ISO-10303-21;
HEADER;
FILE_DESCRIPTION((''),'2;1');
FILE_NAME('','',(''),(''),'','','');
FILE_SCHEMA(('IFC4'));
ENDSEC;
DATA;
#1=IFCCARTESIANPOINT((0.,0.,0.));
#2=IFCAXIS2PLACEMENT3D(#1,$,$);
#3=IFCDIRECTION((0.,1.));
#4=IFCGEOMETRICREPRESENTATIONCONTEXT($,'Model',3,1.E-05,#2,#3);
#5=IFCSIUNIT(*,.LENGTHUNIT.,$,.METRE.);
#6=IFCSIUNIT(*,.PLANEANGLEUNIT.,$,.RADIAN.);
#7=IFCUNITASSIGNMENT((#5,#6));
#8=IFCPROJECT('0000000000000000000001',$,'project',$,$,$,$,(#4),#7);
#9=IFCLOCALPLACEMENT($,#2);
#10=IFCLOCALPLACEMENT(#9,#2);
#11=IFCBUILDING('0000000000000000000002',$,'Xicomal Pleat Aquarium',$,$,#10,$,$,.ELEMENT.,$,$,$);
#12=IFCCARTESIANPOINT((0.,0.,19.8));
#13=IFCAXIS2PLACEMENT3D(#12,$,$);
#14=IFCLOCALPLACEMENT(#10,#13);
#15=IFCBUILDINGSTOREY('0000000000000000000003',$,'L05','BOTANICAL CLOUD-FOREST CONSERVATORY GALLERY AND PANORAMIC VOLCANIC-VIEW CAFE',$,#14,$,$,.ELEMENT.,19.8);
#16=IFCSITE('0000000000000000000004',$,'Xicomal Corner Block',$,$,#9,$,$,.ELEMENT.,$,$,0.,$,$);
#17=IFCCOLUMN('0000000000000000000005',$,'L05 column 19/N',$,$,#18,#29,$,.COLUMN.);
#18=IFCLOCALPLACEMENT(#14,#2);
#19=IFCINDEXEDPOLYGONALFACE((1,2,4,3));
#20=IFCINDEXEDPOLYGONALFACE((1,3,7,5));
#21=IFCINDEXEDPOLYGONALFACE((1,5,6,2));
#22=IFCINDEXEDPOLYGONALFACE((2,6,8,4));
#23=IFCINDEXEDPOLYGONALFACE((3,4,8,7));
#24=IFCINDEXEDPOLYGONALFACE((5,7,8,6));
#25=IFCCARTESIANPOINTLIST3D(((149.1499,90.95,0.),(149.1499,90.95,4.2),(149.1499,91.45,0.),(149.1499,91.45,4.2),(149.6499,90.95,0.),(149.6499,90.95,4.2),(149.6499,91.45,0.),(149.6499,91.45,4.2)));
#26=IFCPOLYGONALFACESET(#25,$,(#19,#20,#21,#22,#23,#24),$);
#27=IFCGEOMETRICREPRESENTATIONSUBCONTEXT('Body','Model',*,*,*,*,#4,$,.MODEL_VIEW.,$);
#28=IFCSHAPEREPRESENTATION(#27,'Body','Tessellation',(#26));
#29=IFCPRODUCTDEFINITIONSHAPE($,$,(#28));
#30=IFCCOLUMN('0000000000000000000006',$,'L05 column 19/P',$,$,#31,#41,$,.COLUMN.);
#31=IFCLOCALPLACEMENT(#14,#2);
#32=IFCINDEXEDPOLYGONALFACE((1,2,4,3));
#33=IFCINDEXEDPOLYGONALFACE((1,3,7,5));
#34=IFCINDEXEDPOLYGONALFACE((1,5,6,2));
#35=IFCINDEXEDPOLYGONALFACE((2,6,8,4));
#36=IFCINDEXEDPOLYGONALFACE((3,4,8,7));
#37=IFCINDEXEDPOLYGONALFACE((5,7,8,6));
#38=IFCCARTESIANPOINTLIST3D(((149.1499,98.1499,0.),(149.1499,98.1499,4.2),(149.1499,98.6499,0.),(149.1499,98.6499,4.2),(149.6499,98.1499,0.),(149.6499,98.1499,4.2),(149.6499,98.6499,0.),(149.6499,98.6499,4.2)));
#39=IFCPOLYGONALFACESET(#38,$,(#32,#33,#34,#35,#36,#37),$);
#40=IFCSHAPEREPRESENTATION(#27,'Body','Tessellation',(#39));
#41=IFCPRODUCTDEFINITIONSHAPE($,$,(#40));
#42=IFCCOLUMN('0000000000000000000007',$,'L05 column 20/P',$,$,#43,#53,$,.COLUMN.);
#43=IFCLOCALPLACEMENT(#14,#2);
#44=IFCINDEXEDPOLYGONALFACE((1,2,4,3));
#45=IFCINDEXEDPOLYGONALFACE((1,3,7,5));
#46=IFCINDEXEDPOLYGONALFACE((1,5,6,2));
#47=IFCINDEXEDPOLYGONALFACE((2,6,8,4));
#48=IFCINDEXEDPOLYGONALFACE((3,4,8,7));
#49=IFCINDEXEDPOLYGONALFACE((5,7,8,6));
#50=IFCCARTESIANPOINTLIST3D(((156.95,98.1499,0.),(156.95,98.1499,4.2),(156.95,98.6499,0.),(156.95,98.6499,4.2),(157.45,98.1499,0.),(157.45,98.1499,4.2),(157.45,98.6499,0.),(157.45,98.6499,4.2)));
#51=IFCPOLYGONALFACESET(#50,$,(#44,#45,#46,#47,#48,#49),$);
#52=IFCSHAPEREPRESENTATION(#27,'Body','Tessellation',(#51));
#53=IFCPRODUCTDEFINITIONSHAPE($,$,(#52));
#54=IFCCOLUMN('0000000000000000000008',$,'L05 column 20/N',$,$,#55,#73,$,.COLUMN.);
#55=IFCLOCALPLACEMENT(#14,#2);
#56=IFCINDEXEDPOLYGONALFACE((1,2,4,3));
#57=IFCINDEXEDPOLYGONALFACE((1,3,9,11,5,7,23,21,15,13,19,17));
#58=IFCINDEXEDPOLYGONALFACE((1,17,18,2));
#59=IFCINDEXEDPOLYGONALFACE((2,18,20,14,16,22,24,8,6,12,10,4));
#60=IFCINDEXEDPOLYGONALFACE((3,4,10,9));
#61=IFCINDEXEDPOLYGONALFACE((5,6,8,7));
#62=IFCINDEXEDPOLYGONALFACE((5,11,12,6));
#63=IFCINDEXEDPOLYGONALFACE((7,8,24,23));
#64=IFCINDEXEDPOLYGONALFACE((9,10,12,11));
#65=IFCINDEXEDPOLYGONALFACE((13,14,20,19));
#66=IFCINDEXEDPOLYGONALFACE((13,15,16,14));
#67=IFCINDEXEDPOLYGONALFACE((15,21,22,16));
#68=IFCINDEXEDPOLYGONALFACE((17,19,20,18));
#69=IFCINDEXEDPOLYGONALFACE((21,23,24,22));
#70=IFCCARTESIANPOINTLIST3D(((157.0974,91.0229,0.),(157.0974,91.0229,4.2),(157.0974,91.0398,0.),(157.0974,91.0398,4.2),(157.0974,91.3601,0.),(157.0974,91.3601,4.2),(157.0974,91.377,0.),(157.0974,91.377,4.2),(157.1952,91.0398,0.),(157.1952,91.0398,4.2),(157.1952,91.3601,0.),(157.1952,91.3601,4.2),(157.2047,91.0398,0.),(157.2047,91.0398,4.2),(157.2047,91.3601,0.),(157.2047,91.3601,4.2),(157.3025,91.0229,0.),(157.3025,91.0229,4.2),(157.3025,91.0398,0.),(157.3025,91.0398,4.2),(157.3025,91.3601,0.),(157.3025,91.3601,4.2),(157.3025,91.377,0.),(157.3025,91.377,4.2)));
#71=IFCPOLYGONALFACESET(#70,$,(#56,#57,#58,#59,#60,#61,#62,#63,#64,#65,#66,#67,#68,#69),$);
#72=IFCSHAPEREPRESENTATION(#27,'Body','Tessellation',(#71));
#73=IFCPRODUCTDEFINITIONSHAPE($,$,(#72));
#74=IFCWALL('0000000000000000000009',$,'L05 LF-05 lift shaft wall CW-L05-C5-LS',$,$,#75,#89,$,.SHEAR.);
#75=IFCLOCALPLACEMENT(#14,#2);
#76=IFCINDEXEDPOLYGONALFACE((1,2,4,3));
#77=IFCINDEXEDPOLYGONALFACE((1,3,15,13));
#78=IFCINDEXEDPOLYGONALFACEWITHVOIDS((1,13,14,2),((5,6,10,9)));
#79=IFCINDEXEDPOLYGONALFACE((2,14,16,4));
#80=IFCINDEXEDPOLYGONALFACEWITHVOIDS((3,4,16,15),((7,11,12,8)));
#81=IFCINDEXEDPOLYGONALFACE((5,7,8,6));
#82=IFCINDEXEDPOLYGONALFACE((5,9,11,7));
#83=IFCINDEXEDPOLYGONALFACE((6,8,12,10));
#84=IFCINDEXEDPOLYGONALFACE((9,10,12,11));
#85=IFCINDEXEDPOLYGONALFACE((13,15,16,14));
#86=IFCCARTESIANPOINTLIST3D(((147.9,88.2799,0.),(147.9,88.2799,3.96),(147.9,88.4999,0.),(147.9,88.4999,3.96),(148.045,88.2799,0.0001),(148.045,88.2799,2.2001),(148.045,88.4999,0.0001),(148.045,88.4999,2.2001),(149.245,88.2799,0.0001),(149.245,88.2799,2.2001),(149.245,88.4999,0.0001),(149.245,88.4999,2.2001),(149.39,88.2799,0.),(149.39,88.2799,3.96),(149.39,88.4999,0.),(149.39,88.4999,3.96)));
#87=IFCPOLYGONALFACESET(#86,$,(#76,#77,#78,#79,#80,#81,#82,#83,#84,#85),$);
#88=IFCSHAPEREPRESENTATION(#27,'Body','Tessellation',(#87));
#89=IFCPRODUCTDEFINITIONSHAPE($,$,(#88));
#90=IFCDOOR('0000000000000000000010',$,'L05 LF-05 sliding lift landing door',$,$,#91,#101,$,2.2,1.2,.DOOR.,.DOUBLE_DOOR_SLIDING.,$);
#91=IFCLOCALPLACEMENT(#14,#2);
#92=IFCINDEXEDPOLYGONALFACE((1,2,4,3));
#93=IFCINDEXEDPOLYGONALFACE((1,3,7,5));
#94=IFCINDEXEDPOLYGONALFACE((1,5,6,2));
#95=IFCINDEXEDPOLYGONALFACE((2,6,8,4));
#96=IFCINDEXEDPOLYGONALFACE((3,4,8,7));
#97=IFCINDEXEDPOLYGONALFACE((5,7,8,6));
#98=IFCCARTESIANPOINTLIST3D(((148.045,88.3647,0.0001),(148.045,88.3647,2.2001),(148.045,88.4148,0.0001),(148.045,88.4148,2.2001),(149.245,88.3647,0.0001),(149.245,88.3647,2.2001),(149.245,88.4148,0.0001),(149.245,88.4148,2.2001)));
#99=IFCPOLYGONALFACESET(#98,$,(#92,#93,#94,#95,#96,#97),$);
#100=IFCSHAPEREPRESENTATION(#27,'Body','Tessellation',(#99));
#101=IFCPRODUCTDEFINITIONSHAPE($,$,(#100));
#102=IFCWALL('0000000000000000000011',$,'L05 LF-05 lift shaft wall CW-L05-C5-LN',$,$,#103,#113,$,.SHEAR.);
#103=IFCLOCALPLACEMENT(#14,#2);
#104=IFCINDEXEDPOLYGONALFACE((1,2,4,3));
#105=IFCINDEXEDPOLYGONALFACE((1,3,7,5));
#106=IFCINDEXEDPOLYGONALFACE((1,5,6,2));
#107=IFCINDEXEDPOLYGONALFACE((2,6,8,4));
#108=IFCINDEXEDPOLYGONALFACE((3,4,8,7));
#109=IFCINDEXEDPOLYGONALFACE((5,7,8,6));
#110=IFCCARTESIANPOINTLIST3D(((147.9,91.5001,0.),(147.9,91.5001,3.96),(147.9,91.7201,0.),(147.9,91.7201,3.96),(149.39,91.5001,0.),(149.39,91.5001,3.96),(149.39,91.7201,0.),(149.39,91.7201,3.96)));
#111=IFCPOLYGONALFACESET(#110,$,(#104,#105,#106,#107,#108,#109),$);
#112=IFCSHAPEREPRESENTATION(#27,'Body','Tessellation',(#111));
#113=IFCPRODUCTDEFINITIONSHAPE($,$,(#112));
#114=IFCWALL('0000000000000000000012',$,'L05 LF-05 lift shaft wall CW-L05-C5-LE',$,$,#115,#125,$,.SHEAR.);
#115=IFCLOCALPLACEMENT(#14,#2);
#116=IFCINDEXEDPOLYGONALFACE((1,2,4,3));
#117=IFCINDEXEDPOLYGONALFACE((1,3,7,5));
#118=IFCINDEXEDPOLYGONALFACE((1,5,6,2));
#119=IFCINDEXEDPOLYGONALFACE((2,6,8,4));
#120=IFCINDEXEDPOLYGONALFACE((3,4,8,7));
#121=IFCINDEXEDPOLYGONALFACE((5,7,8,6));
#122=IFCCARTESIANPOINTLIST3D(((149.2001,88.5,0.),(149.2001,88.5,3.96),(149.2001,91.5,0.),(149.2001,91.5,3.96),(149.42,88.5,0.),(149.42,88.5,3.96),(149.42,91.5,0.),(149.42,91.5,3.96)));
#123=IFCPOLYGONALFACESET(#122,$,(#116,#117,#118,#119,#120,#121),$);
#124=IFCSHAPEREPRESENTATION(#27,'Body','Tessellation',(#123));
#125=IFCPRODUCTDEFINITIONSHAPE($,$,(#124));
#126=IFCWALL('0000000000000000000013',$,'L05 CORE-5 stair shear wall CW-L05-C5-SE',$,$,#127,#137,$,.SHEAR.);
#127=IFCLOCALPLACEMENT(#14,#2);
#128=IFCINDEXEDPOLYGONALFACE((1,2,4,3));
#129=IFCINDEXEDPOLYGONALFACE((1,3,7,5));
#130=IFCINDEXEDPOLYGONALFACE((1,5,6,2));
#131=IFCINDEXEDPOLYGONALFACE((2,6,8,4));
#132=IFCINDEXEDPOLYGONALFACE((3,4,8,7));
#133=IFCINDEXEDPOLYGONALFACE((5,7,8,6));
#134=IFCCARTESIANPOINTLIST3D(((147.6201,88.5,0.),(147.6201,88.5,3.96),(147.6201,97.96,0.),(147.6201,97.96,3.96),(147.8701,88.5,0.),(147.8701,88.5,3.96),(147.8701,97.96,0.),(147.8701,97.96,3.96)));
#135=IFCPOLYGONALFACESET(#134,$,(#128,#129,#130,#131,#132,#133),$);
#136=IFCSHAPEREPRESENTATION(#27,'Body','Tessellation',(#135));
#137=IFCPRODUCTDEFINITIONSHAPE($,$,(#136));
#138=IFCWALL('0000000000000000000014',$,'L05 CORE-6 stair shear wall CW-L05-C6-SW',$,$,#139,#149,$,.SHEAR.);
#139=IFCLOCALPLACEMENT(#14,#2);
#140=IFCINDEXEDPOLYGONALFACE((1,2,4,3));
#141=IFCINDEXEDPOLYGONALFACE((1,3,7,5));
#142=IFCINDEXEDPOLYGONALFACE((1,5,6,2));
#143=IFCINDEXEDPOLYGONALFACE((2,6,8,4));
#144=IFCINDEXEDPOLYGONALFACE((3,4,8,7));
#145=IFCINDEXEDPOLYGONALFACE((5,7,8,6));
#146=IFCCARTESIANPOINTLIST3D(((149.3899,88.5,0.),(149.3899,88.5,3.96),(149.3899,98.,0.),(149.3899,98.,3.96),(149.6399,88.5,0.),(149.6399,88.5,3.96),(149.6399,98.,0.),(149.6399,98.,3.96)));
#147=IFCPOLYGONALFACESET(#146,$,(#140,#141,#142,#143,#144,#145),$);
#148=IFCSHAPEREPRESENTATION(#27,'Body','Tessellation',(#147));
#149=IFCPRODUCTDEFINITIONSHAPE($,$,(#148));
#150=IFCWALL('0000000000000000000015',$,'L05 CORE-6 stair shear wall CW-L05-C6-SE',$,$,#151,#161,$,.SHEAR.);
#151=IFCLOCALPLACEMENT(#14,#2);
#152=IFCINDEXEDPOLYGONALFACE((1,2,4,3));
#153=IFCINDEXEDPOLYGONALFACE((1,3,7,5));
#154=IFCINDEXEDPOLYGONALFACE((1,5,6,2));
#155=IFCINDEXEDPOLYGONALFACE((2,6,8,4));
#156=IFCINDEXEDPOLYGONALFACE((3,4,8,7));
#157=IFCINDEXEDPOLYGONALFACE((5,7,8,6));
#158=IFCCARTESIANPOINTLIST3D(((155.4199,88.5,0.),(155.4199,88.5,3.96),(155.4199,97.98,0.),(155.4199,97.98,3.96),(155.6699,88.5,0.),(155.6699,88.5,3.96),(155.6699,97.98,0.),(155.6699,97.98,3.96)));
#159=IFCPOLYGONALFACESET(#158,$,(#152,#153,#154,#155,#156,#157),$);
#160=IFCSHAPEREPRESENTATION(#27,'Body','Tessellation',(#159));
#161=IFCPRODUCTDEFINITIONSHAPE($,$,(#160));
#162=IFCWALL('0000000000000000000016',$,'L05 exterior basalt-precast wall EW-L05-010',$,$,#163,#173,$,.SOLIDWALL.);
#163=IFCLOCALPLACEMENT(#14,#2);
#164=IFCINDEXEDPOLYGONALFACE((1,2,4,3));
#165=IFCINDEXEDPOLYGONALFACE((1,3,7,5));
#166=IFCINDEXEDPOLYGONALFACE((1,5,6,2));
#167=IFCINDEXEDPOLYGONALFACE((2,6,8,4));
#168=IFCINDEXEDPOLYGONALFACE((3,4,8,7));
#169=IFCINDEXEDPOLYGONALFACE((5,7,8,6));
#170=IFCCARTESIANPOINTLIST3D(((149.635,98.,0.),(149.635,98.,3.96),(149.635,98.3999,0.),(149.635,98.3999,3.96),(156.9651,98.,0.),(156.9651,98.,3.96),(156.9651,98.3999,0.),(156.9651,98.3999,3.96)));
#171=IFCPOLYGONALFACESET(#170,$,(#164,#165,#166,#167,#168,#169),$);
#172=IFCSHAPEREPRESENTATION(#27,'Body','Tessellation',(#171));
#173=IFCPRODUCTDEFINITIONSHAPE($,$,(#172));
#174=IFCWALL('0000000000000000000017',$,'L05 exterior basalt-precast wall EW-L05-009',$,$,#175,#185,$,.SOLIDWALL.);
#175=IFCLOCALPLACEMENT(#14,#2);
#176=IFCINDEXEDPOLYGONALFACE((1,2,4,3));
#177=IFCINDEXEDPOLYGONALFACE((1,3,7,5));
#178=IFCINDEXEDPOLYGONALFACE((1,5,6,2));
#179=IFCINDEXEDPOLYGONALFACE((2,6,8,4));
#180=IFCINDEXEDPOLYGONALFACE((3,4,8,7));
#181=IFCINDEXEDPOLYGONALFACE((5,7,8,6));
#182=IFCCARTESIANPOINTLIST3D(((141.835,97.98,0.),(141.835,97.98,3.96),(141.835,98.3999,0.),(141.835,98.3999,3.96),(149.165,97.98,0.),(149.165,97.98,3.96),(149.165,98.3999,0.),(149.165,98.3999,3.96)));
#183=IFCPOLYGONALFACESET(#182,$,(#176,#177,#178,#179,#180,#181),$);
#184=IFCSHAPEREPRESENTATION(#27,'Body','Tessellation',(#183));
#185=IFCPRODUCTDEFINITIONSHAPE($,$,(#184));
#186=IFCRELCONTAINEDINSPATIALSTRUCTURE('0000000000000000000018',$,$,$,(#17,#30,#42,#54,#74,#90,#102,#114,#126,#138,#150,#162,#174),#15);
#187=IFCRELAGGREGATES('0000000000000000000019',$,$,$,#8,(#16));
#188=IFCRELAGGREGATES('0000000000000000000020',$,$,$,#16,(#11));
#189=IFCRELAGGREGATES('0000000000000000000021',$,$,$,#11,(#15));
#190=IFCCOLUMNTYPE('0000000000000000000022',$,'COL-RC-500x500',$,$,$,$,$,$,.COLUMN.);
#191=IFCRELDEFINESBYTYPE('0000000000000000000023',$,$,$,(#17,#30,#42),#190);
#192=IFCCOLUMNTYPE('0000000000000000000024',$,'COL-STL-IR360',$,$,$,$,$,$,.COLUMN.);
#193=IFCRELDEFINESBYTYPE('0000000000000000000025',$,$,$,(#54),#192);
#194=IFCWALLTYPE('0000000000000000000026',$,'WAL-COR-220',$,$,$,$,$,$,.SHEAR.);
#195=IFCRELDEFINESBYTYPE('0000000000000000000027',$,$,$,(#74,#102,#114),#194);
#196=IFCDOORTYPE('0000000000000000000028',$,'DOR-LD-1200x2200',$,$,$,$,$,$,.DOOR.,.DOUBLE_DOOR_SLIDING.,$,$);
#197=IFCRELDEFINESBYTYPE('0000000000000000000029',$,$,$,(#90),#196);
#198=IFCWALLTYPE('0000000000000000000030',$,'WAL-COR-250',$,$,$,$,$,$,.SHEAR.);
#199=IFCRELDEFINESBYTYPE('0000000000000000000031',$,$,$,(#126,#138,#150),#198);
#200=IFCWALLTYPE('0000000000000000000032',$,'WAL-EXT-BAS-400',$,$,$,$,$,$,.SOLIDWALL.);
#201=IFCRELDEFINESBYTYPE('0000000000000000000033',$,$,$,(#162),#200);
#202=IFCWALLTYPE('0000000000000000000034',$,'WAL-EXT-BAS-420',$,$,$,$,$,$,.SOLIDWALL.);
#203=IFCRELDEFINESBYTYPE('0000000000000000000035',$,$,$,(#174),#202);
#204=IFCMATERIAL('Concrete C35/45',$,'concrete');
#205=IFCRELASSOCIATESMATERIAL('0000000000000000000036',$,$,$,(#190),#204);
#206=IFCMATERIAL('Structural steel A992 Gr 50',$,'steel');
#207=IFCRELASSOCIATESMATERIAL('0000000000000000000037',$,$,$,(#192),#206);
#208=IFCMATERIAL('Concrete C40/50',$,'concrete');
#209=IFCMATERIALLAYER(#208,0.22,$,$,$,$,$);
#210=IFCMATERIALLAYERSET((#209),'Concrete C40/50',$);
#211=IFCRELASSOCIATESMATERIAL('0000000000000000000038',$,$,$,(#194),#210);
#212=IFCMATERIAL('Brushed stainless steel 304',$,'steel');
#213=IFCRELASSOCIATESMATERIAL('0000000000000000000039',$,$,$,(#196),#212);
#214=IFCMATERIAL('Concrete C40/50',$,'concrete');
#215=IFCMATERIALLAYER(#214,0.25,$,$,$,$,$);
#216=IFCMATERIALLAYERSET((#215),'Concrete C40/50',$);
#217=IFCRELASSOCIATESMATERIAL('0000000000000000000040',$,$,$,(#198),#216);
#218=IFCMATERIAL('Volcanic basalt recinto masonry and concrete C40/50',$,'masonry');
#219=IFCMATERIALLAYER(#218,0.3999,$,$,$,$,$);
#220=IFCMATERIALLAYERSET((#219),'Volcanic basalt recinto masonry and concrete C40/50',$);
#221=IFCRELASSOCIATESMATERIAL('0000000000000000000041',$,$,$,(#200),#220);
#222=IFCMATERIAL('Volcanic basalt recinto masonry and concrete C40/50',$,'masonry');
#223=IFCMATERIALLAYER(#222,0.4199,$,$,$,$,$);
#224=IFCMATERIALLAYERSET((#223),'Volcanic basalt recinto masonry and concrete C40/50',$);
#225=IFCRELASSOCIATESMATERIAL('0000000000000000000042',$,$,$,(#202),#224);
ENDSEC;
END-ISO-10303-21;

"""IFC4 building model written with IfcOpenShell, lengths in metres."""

from ifc_helpers import new_model, si_unit, direction, frame, frame_2d, origin, origin_2d, place, context, subcontext, project, spatial, rectangle, i_section, extrude, material, layer, layer_set, material_profile, profile_set, type_object, element, fill, save


model = new_model("IFC4")

# Units and contexts
model_context = context("Model", 3, precision=1e-05, world=origin(), true_north=direction((0.0, 1.0)))
body_context = subcontext(model_context, "Body", "Model", "MODEL_VIEW")
ifc_project = project(units=[si_unit("LENGTHUNIT", "METRE"), si_unit("PLANEANGLEUNIT", "RADIAN")], contexts=[model_context])

# Site, building, storey
site_placement = place(None, origin())
site = spatial("IfcSite", under=ifc_project, at=site_placement, Name="Xicomal Corner Block", CompositionType="ELEMENT", RefElevation=0.0)
building_placement = place(site_placement, origin())
building = spatial("IfcBuilding", under=site, at=building_placement, Name="Xicomal Pleat Aquarium", CompositionType="ELEMENT")
storey_placement = place(building_placement, frame((0.0, 0.0, 19.8)))
storey = spatial("IfcBuildingStorey", under=building, at=storey_placement, Name="L05", Description="BOTANICAL CLOUD-FOREST CONSERVATORY GALLERY AND PANORAMIC VOLCANIC-VIEW CAFE", CompositionType="ELEMENT", Elevation=19.8)

# Columns
ifc_material_1 = material(Name="Concrete C35/45", Category="concrete")
ifc_material_profile_1 = material_profile(ifc_material_1, rectangle(XDim=0.5, YDim=0.5, at=origin_2d()), Name="RC 500x500")
ifc_profile_set_1 = profile_set([ifc_material_profile_1], Name="Concrete C35/45")
column_type_1 = type_object("IfcColumnType", Name="COL-RC-500x500", PredefinedType="COLUMN", material=ifc_profile_set_1)
for number, where, z_axis, x_axis, name in (
    (1, (149.3999, 91.2, 0.0), (0.0, 0.0, 1.0), (1.0, 0.0, 0.0), "L05 column 19/N"),
    (2, (149.3999, 98.3999, 0.0), (0.0, 0.0, 1.0), (1.0, 0.0, 0.0), "L05 column 19/P"),
    (3, (157.2, 98.3999, 0.0), (0.0, 0.0, 1.0), (1.0, 0.0, 0.0), "L05 column 20/P"),
):
    element("IfcColumn", number, at=place(storey_placement, frame(where, z_axis=z_axis, x_axis=x_axis)), inside=storey, type_object=column_type_1, Name=name, PredefinedType="COLUMN", context=body_context, shape_type="SweptSolid", body=[
        extrude(rectangle(XDim=0.5, YDim=0.5, at=origin_2d()), origin(), (0.0, 0.0, 1.0), 4.2),
    ])
ifc_material_2 = material(Name="Structural steel A992 Gr 50", Category="steel")
ifc_material_profile_2 = material_profile(ifc_material_2, i_section(OverallWidth=0.2051, OverallDepth=0.354, WebThickness=0.0095, FlangeThickness=0.0168, at=origin_2d()), Name="IR 360x79")
ifc_profile_set_2 = profile_set([ifc_material_profile_2], Name="Structural steel A992 Gr 50")
column_type_2 = type_object("IfcColumnType", Name="COL-STL-IR360", PredefinedType="COLUMN", material=ifc_profile_set_2)
column_placement = place(storey_placement, frame((157.2, 91.2, 0.0), z_axis=(0.0, 0.0, 1.0), x_axis=(1.0, 0.0, 0.0)))
element("IfcColumn", 4, at=column_placement, inside=storey, type_object=column_type_2, Name="L05 column 20/N", PredefinedType="COLUMN", context=body_context, shape_type="SweptSolid", body=[
    extrude(i_section(OverallWidth=0.2051, OverallDepth=0.354, WebThickness=0.0095, FlangeThickness=0.0168, at=origin_2d()), origin(), (0.0, 0.0, 1.0), 4.2),
])

# Wall, opening, door
ifc_material_3 = material(Name="Concrete C40/50", Category="concrete")
ifc_layer_1 = layer(ifc_material_3, 0.22)
ifc_layer_set_1 = layer_set([ifc_layer_1], Name="Concrete C40/50")
wall_type_1 = type_object("IfcWallType", Name="WAL-COR-220", PredefinedType="SHEAR", material=ifc_layer_set_1)
wall_1_placement = place(storey_placement, frame((147.8999, 88.3899, 0.0), z_axis=(0.0, 0.0, 1.0), x_axis=(1.0, 0.0, 0.0)))
wall_1 = element("IfcWall", 5, at=wall_1_placement, inside=storey, type_object=wall_type_1, Name="L05 LF-05 lift shaft wall CW-L05-C5-LS", PredefinedType="SHEAR", context=body_context, shape_type="SweptSolid", body=[
    extrude(rectangle(XDim=1.49, YDim=0.22, at=frame_2d((0.7451, 0.0))), origin(), (0.0, 0.0, 1.0), 3.96),
])
opening_1_placement = place(wall_1_placement, frame((0.145, 0.0, 0.0)))
opening_1 = element("IfcOpeningElement", 6, at=opening_1_placement, cuts=wall_1, PredefinedType="OPENING", context=body_context, shape_type="SweptSolid", body=[
    extrude(rectangle(XDim=1.2, YDim=2.2, at=frame_2d((0.6001, 1.1001))), frame((0.0, 0.1199, 0.0), z_axis=(0.0, -1.0, 0.0), x_axis=(1.0, 0.0, 0.0)), (0.0, 0.0, 1.0), 0.24),
])
ifc_material_4 = material(Name="Brushed stainless steel 304", Category="steel")
door_type_1 = type_object("IfcDoorType", Name="DOR-LD-1200x2200", OperationType="DOUBLE_DOOR_SLIDING", PredefinedType="DOOR", material=ifc_material_4)
door_1_placement = place(opening_1_placement, origin())
door_1 = element("IfcDoor", 7, at=door_1_placement, inside=storey, type_object=door_type_1, Name="L05 LF-05 sliding lift landing door", OperationType="DOUBLE_DOOR_SLIDING", OverallHeight=2.2, OverallWidth=1.2, PredefinedType="DOOR", context=body_context, shape_type="SweptSolid", body=[
    extrude(rectangle(XDim=1.2, YDim=2.2, at=frame_2d((0.6001, 1.1001))), frame((0.0, 0.0249, 0.0), z_axis=(0.0, -1.0, 0.0), x_axis=(1.0, 0.0, 0.0)), (0.0, 0.0, 1.0), 0.05),
])
fill(opening_1, door_1)

# Walls
wall_2_placement = place(storey_placement, frame((147.8999, 91.6101, 0.0), z_axis=(0.0, 0.0, 1.0), x_axis=(1.0, 0.0, 0.0)))
element("IfcWall", 8, at=wall_2_placement, inside=storey, type_object=wall_type_1, Name="L05 LF-05 lift shaft wall CW-L05-C5-LN", PredefinedType="SHEAR", context=body_context, shape_type="SweptSolid", body=[
    extrude(rectangle(XDim=1.49, YDim=0.22, at=frame_2d((0.7451, 0.0))), origin(), (0.0, 0.0, 1.0), 3.96),
])
wall_3_placement = place(storey_placement, frame((149.3101, 88.5, 0.0), z_axis=(0.0, 0.0, 1.0), x_axis=(0.0, 1.0, 0.0)))
element("IfcWall", 9, at=wall_3_placement, inside=storey, type_object=wall_type_1, Name="L05 LF-05 lift shaft wall CW-L05-C5-LE", PredefinedType="SHEAR", context=body_context, shape_type="SweptSolid", body=[
    extrude(rectangle(XDim=3.0, YDim=0.22, at=frame_2d((1.5, 0.0))), origin(), (0.0, 0.0, 1.0), 3.96),
])

# Walls
ifc_material_5 = material(Name="Concrete C40/50", Category="concrete")
ifc_layer_2 = layer(ifc_material_5, 0.25)
ifc_layer_set_2 = layer_set([ifc_layer_2], Name="Concrete C40/50")
wall_type_2 = type_object("IfcWallType", Name="WAL-COR-250", PredefinedType="SHEAR", material=ifc_layer_set_2)
wall_4_placement = place(storey_placement, frame((147.7451, 88.5, 0.0), z_axis=(0.0, 0.0, 1.0), x_axis=(0.0, 1.0, 0.0)))
element("IfcWall", 10, at=wall_4_placement, inside=storey, type_object=wall_type_2, Name="L05 CORE-5 stair shear wall CW-L05-C5-SE", PredefinedType="SHEAR", context=body_context, shape_type="SweptSolid", body=[
    extrude(rectangle(XDim=9.46, YDim=0.25, at=frame_2d((4.73, 0.0))), origin(), (0.0, 0.0, 1.0), 3.96),
])
wall_5_placement = place(storey_placement, frame((149.5149, 88.5, 0.0), z_axis=(0.0, 0.0, 1.0), x_axis=(0.0, 1.0, 0.0)))
element("IfcWall", 11, at=wall_5_placement, inside=storey, type_object=wall_type_2, Name="L05 CORE-6 stair shear wall CW-L05-C6-SW", PredefinedType="SHEAR", context=body_context, shape_type="SweptSolid", body=[
    extrude(rectangle(XDim=9.5, YDim=0.25, at=frame_2d((4.75, 0.0))), origin(), (0.0, 0.0, 1.0), 3.96),
])
wall_6_placement = place(storey_placement, frame((155.5449, 88.5, 0.0), z_axis=(0.0, 0.0, 1.0), x_axis=(0.0, 1.0, 0.0)))
element("IfcWall", 12, at=wall_6_placement, inside=storey, type_object=wall_type_2, Name="L05 CORE-6 stair shear wall CW-L05-C6-SE", PredefinedType="SHEAR", context=body_context, shape_type="SweptSolid", body=[
    extrude(rectangle(XDim=9.48, YDim=0.25, at=frame_2d((4.74, 0.0))), origin(), (0.0, 0.0, 1.0), 3.96),
])
ifc_material_6 = material(Name="Volcanic basalt recinto masonry and concrete C40/50", Category="masonry")
ifc_layer_3 = layer(ifc_material_6, 0.3999)
ifc_layer_set_3 = layer_set([ifc_layer_3], Name="Volcanic basalt recinto masonry and concrete C40/50")
wall_type_3 = type_object("IfcWallType", Name="WAL-EXT-BAS-400", PredefinedType="SOLIDWALL", material=ifc_layer_set_3)
wall_7_placement = place(storey_placement, frame((149.635, 98.2, 0.0), z_axis=(0.0, 0.0, 1.0), x_axis=(1.0, 0.0, 0.0)))
element("IfcWall", 13, at=wall_7_placement, inside=storey, type_object=wall_type_3, Name="L05 exterior basalt-precast wall EW-L05-010", PredefinedType="SOLIDWALL", context=body_context, shape_type="SweptSolid", body=[
    extrude(rectangle(XDim=7.3301, YDim=0.3999, at=frame_2d((3.665, 0.0))), origin(), (0.0, 0.0, 1.0), 3.96),
])
ifc_material_7 = material(Name="Volcanic basalt recinto masonry and concrete C40/50", Category="masonry")
ifc_layer_4 = layer(ifc_material_7, 0.4199)
ifc_layer_set_4 = layer_set([ifc_layer_4], Name="Volcanic basalt recinto masonry and concrete C40/50")
wall_type_4 = type_object("IfcWallType", Name="WAL-EXT-BAS-420", PredefinedType="SOLIDWALL", material=ifc_layer_set_4)
wall_8_placement = place(storey_placement, frame((141.835, 98.1899, 0.0), z_axis=(0.0, 0.0, 1.0), x_axis=(1.0, 0.0, 0.0)))
element("IfcWall", 14, at=wall_8_placement, inside=storey, type_object=wall_type_4, Name="L05 exterior basalt-precast wall EW-L05-009", PredefinedType="SOLIDWALL", context=body_context, shape_type="SweptSolid", body=[
    extrude(rectangle(XDim=7.3301, YDim=0.4199, at=frame_2d((3.665, 0.0))), origin(), (0.0, 0.0, 1.0), 3.96),
])

save(model, "model.ifc")
